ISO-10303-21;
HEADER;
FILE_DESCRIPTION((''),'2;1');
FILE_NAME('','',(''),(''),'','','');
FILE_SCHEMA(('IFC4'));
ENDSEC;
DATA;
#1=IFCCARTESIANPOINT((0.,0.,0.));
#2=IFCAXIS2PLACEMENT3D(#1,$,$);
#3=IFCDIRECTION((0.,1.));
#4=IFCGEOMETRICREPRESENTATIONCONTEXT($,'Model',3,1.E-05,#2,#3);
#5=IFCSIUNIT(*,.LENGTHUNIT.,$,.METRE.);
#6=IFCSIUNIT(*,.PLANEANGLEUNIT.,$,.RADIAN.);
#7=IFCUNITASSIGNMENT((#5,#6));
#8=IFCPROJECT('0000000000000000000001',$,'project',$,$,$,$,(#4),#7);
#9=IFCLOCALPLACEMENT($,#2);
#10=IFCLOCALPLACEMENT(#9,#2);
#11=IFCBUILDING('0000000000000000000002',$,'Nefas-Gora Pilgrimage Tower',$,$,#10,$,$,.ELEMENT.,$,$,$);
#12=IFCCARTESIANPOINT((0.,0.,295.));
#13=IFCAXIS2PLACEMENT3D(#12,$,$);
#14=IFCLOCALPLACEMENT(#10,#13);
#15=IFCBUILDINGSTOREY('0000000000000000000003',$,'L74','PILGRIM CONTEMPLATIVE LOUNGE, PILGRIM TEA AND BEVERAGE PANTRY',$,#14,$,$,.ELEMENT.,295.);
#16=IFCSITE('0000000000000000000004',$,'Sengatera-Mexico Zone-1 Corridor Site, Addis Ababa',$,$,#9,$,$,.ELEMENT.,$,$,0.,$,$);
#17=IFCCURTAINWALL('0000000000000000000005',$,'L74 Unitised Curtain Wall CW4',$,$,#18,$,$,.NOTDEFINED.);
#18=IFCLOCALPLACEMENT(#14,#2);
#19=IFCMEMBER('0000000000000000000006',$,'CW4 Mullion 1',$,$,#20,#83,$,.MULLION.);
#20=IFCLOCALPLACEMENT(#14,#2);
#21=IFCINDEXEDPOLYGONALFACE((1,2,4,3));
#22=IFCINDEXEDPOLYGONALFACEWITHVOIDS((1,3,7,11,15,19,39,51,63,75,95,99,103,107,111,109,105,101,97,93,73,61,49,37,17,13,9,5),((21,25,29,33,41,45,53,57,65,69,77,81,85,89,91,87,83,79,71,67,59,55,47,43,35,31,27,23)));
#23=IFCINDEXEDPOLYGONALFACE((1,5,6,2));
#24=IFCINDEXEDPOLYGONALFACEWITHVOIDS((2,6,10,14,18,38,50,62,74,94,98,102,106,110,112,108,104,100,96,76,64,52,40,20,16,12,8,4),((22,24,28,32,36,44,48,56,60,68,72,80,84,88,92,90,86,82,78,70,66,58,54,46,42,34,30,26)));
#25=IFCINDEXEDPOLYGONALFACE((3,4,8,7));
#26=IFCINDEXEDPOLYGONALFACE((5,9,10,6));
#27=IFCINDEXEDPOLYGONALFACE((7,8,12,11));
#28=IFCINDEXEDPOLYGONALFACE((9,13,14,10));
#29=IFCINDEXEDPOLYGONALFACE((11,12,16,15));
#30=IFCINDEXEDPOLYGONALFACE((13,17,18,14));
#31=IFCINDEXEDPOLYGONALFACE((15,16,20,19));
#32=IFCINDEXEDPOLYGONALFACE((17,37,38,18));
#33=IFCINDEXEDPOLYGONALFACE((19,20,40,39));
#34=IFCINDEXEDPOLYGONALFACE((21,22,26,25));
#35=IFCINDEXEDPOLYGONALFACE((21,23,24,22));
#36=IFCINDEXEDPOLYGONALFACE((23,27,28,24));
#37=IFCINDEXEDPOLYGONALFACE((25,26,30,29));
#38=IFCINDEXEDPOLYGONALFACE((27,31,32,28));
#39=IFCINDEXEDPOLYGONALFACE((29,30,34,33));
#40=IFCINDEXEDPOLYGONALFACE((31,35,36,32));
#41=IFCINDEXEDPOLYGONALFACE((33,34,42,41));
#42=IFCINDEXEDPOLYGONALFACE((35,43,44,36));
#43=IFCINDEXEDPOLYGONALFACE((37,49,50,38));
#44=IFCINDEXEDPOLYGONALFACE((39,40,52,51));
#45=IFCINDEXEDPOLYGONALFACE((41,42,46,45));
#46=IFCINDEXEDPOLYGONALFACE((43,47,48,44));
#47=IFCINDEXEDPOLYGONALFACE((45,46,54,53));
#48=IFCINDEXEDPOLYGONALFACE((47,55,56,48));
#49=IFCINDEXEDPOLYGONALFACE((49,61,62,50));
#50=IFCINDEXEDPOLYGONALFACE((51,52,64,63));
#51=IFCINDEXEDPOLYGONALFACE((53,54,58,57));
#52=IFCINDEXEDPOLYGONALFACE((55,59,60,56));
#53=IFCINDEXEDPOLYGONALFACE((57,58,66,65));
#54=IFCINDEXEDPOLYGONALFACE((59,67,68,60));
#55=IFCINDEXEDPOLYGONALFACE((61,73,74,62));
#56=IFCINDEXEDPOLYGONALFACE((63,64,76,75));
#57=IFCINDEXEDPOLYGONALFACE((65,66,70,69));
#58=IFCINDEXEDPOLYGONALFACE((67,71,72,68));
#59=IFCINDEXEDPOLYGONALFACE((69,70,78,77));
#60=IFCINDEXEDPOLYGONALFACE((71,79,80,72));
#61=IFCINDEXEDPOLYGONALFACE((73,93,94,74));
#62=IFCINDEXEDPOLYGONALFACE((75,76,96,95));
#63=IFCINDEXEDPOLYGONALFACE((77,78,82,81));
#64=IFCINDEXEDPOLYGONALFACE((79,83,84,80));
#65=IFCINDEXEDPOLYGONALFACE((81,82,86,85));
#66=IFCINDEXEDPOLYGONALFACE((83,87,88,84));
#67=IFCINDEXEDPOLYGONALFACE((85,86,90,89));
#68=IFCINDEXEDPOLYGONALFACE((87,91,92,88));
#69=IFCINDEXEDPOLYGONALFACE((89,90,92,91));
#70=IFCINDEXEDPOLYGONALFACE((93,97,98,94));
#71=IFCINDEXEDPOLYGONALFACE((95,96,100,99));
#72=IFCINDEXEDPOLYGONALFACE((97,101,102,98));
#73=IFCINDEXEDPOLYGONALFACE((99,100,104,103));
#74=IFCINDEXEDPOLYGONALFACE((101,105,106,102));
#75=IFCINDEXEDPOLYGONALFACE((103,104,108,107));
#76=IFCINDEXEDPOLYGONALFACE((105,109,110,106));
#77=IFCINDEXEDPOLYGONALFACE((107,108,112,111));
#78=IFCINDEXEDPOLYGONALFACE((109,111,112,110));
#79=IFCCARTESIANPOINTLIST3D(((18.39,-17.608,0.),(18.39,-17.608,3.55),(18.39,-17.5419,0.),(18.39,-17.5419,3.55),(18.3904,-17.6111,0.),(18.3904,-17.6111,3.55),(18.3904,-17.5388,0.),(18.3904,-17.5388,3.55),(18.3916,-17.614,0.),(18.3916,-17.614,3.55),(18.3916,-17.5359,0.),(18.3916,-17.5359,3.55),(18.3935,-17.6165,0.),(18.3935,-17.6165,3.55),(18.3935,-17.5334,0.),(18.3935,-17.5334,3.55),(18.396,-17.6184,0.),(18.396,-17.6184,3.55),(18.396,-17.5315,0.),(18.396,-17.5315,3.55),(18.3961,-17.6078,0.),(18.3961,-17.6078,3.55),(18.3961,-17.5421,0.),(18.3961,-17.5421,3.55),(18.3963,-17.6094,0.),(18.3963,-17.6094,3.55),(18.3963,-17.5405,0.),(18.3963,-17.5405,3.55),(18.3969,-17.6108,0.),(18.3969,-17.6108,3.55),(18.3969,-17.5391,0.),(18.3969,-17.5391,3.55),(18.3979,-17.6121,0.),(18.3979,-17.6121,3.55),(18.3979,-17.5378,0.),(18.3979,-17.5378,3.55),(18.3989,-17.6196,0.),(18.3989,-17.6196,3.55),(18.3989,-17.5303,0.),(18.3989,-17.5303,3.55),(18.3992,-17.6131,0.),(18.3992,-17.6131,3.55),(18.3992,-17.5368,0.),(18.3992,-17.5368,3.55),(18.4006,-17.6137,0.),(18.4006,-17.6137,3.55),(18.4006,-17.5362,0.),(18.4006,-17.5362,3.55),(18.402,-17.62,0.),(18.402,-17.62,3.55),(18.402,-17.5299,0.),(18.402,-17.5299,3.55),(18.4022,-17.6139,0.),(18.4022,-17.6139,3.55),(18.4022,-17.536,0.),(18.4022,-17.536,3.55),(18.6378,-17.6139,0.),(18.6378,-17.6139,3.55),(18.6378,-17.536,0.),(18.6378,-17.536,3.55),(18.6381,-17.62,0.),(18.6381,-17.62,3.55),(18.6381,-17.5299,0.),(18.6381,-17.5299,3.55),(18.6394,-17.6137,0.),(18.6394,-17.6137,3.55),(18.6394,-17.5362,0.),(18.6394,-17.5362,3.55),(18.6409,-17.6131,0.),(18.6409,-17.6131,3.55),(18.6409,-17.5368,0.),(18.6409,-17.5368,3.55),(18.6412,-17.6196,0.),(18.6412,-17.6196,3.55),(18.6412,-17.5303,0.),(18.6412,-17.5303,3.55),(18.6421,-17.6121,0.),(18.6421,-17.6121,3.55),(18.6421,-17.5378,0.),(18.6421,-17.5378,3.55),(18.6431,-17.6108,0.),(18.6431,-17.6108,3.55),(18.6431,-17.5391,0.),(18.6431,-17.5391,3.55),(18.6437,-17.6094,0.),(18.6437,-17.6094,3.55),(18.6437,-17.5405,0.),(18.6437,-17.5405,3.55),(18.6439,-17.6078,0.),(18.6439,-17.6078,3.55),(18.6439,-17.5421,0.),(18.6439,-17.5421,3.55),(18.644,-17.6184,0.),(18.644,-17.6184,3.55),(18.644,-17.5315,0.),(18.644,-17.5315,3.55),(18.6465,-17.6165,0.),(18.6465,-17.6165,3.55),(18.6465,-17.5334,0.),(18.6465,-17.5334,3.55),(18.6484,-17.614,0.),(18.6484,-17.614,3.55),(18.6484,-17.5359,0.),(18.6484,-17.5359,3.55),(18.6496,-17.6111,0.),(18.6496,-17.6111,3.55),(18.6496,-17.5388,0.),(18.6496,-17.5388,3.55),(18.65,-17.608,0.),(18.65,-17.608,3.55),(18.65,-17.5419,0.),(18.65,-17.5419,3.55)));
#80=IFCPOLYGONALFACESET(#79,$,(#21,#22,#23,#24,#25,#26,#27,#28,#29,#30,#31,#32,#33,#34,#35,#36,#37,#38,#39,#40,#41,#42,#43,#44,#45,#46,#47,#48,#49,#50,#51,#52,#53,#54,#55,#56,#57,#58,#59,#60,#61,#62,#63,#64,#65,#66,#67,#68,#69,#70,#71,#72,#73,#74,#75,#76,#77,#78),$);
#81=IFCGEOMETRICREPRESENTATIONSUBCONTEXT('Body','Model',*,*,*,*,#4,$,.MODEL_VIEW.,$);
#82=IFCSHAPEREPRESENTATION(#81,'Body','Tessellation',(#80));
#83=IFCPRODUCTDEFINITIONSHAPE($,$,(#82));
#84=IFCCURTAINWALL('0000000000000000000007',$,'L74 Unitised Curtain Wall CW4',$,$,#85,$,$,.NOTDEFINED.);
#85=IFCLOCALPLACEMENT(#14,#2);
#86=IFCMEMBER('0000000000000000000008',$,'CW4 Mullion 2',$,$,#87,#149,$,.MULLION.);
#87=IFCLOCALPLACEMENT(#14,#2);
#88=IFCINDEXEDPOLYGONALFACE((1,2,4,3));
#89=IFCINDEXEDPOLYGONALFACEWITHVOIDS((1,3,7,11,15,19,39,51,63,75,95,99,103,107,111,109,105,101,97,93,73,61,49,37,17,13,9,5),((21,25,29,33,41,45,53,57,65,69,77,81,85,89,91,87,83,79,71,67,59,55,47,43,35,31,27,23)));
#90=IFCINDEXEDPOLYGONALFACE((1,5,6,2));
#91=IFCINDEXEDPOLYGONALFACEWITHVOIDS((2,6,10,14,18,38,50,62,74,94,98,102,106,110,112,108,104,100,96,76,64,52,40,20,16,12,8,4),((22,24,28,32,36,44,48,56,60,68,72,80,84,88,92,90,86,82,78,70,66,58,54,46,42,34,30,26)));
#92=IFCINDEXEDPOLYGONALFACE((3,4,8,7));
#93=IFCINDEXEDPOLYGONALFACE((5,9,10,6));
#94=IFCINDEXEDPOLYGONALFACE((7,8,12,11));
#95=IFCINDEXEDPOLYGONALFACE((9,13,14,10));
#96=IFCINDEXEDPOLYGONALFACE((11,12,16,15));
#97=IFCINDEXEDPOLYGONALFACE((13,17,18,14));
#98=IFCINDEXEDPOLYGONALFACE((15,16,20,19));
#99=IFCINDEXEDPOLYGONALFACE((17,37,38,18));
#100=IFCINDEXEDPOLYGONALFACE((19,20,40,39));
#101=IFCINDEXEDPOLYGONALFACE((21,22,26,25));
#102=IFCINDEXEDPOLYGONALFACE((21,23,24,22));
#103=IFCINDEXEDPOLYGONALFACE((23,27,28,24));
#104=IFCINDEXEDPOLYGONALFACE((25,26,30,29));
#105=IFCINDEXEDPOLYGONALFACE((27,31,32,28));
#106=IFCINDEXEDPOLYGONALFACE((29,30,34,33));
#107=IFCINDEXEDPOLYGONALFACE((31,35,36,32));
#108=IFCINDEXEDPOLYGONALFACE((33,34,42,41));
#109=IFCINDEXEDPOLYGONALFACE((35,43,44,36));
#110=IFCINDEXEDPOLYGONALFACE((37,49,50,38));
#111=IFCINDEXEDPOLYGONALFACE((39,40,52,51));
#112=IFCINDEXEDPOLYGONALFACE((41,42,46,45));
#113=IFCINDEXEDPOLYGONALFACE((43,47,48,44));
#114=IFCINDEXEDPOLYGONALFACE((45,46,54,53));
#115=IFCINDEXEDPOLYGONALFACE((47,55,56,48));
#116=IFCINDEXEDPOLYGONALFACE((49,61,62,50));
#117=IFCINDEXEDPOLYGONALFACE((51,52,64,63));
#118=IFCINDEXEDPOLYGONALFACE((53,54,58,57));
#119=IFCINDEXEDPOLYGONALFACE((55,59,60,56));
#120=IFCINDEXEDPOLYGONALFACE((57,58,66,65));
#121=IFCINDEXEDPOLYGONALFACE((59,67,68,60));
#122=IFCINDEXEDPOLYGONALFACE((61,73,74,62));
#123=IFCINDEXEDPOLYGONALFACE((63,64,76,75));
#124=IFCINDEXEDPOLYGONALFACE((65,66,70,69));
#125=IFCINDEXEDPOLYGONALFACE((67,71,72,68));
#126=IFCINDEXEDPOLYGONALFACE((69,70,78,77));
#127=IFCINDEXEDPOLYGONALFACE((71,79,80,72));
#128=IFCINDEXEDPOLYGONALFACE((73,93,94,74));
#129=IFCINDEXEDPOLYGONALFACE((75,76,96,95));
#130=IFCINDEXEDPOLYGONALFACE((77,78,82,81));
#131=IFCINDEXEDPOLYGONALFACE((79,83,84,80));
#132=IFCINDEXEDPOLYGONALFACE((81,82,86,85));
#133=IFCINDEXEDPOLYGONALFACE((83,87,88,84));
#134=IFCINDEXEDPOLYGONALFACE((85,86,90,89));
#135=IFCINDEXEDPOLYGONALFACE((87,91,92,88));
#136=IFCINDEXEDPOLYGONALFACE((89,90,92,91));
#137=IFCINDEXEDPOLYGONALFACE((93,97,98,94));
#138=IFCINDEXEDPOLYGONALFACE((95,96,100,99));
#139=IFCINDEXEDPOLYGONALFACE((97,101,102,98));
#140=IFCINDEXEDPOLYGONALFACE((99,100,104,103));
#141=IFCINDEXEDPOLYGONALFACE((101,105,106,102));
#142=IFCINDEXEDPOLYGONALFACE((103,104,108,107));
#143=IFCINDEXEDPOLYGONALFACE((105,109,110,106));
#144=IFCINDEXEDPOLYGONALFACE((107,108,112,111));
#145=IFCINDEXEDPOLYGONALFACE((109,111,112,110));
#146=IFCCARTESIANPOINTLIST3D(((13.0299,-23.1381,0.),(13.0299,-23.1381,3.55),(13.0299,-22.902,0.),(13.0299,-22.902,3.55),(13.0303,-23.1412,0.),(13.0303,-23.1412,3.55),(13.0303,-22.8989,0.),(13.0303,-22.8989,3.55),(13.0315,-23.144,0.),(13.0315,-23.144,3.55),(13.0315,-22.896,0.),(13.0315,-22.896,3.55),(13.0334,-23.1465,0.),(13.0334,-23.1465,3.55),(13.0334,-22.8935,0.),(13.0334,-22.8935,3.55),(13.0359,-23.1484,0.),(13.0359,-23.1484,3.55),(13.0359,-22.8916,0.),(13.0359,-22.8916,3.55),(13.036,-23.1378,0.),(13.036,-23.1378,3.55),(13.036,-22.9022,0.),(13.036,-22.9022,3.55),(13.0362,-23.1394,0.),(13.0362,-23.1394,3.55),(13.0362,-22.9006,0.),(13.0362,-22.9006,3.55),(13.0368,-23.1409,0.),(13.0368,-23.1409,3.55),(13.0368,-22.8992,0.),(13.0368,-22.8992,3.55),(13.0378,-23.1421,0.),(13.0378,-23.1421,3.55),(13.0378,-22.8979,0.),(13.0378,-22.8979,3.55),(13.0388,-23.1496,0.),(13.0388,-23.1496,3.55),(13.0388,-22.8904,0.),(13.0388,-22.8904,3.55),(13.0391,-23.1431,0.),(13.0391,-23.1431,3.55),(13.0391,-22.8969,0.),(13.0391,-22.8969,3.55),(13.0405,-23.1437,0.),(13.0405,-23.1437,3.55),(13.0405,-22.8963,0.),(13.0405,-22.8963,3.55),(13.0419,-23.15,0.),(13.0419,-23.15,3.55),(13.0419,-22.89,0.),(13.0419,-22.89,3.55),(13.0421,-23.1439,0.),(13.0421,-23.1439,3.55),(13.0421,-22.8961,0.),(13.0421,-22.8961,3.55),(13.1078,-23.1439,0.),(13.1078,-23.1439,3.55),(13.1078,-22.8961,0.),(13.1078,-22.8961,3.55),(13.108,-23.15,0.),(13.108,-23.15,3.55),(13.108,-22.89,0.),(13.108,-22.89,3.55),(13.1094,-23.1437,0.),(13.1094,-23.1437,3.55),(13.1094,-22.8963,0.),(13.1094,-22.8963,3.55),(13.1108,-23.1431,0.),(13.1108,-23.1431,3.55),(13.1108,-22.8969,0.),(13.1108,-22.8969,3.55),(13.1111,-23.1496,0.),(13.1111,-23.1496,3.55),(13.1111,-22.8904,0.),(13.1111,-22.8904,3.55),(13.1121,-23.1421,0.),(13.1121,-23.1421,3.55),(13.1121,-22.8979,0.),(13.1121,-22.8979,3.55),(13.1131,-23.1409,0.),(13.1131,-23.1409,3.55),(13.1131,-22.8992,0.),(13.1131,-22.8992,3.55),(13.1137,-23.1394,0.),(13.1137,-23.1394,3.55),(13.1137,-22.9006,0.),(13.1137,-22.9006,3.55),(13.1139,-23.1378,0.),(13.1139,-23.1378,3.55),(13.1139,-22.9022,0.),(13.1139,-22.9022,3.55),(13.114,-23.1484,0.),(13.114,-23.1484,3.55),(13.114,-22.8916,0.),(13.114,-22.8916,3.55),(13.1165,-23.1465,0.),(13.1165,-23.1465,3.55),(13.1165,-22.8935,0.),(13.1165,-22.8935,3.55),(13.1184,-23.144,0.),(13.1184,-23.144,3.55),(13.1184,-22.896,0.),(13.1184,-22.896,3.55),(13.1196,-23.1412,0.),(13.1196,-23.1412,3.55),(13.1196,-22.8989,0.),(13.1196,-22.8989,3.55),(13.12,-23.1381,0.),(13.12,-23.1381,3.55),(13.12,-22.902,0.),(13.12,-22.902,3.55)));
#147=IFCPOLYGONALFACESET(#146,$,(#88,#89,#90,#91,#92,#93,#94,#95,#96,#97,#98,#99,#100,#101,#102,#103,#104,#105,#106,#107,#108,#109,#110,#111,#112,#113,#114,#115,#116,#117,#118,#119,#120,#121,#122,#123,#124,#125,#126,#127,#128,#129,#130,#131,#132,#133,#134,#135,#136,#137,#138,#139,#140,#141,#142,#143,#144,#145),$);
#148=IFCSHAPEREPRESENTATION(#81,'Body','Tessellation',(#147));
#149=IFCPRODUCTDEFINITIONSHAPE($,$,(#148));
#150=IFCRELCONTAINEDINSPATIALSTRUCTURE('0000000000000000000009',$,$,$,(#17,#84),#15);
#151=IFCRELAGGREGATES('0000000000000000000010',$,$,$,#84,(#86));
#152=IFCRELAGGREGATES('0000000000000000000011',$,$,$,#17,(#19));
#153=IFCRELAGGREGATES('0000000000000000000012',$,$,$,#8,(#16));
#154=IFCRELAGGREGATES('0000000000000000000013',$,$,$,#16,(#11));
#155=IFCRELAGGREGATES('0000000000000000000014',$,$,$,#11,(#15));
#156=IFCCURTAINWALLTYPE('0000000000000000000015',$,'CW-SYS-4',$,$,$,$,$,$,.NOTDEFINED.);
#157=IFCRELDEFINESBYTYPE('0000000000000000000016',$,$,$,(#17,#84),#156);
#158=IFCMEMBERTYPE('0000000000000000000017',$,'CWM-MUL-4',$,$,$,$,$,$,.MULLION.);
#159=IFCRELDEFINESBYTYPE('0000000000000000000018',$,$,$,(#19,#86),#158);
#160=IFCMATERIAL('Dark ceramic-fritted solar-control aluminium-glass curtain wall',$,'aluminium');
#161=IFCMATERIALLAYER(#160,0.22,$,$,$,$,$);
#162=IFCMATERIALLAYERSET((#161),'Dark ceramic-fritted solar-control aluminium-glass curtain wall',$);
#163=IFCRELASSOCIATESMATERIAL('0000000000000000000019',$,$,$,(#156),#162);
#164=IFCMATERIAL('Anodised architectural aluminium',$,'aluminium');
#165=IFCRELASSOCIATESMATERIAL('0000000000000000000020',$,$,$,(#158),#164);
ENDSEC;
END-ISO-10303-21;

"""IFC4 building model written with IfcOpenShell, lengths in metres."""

from ifc_helpers import new_model, si_unit, direction, frame, origin, origin_2d, place, context, subcontext, project, spatial, hollow_rectangle, extrude, source, transform, mapped, material, layer, layer_set, material_profile, profile_set, type_object, element, aggregate, save


model = new_model("IFC4")

# Units and contexts
model_context = context("Model", 3, precision=1e-05, world=origin(), true_north=direction((0.0, 1.0)))
body_context = subcontext(model_context, "Body", "Model", "MODEL_VIEW")
ifc_project = project(units=[si_unit("LENGTHUNIT", "METRE"), si_unit("PLANEANGLEUNIT", "RADIAN")], contexts=[model_context])

# Site, building, storey
site_placement = place(None, origin())
site = spatial("IfcSite", under=ifc_project, at=site_placement, Name="Sengatera-Mexico Zone-1 Corridor Site, Addis Ababa", CompositionType="ELEMENT", RefElevation=0.0)
building_placement = place(site_placement, origin())
building = spatial("IfcBuilding", under=site, at=building_placement, Name="Nefas-Gora Pilgrimage Tower", CompositionType="ELEMENT")
storey_placement = place(building_placement, frame((0.0, 0.0, 295.0)))
storey = spatial("IfcBuildingStorey", under=building, at=storey_placement, Name="L74", Description="PILGRIM CONTEMPLATIVE LOUNGE, PILGRIM TEA AND BEVERAGE PANTRY", CompositionType="ELEMENT", Elevation=295.0)

# Curtain walls, members
ifc_material_1 = material(Name="Dark ceramic-fritted solar-control aluminium-glass curtain wall", Category="aluminium")
ifc_layer_1 = layer(ifc_material_1, 0.22)
ifc_layer_set_1 = layer_set([ifc_layer_1], Name="Dark ceramic-fritted solar-control aluminium-glass curtain wall")
curtain_wall_type = type_object("IfcCurtainWallType", Name="CW-SYS-4", PredefinedType="NOTDEFINED", material=ifc_layer_set_1)
curtain_wall_1_placement = place(storey_placement, origin())
curtain_wall_1 = element("IfcCurtainWall", 1, at=curtain_wall_1_placement, inside=storey, type_object=curtain_wall_type, Name="L74 Unitised Curtain Wall CW4", PredefinedType="NOTDEFINED")
ifc_material_2 = material(Name="Anodised architectural aluminium", Category="aluminium")
ifc_material_profile_1 = material_profile(ifc_material_2, hollow_rectangle(XDim=0.0901, YDim=0.26, WallThickness=0.0061, InnerFilletRadius=0.0061, OuterFilletRadius=0.012, at=origin_2d()), Name="ALU MULLION 90x260")
ifc_profile_set_1 = profile_set([ifc_material_profile_1], Name="Anodised architectural aluminium")
member_type_1 = type_object("IfcMemberType", Name="CWM-MUL-4", PredefinedType="MULLION", material=ifc_profile_set_1)
shared_shape_1 = source(origin(), body_context, "Body", "SweptSolid", [
    extrude(hollow_rectangle(XDim=0.0901, YDim=0.26, WallThickness=0.0061, InnerFilletRadius=0.0061, OuterFilletRadius=0.012, at=origin_2d()), origin(), (0.0, 0.0, 1.0), 3.55),
])
member_1_placement = place(storey_placement, frame((18.52, -17.575, 0.0), z_axis=(0.0, 0.0, 1.0), x_axis=(0.0, 1.0, 0.0)))
member_1 = element("IfcMember", 2, at=member_1_placement, type_object=member_type_1, Name="CW4 Mullion 1", PredefinedType="MULLION", context=body_context, shape_type="MappedRepresentation", body=[
    mapped(shared_shape_1, transform((0.0, 0.0, 0.0), x_axis=(1.0, 0.0, 0.0), y_axis=(0.0, 1.0, 0.0), z_axis=(0.0, 0.0, 1.0), scale=1.0)),
])
curtain_wall_2_placement = place(storey_placement, origin())
curtain_wall_2 = element("IfcCurtainWall", 3, at=curtain_wall_2_placement, inside=storey, type_object=curtain_wall_type, Name="L74 Unitised Curtain Wall CW4", PredefinedType="NOTDEFINED")
member_2_placement = place(storey_placement, frame((13.075, -23.02, 0.0), z_axis=(0.0, 0.0, 1.0), x_axis=(1.0, 0.0, 0.0)))
member_2 = element("IfcMember", 4, at=member_2_placement, type_object=member_type_1, Name="CW4 Mullion 2", PredefinedType="MULLION", context=body_context, shape_type="MappedRepresentation", body=[
    mapped(shared_shape_1, transform((0.0, 0.0, 0.0), x_axis=(1.0, 0.0, 0.0), y_axis=(0.0, 1.0, 0.0), z_axis=(0.0, 0.0, 1.0), scale=1.0)),
])
aggregate(curtain_wall_2, [member_2])

aggregate(curtain_wall_1, [member_1])

save(model, "model.ifc")
